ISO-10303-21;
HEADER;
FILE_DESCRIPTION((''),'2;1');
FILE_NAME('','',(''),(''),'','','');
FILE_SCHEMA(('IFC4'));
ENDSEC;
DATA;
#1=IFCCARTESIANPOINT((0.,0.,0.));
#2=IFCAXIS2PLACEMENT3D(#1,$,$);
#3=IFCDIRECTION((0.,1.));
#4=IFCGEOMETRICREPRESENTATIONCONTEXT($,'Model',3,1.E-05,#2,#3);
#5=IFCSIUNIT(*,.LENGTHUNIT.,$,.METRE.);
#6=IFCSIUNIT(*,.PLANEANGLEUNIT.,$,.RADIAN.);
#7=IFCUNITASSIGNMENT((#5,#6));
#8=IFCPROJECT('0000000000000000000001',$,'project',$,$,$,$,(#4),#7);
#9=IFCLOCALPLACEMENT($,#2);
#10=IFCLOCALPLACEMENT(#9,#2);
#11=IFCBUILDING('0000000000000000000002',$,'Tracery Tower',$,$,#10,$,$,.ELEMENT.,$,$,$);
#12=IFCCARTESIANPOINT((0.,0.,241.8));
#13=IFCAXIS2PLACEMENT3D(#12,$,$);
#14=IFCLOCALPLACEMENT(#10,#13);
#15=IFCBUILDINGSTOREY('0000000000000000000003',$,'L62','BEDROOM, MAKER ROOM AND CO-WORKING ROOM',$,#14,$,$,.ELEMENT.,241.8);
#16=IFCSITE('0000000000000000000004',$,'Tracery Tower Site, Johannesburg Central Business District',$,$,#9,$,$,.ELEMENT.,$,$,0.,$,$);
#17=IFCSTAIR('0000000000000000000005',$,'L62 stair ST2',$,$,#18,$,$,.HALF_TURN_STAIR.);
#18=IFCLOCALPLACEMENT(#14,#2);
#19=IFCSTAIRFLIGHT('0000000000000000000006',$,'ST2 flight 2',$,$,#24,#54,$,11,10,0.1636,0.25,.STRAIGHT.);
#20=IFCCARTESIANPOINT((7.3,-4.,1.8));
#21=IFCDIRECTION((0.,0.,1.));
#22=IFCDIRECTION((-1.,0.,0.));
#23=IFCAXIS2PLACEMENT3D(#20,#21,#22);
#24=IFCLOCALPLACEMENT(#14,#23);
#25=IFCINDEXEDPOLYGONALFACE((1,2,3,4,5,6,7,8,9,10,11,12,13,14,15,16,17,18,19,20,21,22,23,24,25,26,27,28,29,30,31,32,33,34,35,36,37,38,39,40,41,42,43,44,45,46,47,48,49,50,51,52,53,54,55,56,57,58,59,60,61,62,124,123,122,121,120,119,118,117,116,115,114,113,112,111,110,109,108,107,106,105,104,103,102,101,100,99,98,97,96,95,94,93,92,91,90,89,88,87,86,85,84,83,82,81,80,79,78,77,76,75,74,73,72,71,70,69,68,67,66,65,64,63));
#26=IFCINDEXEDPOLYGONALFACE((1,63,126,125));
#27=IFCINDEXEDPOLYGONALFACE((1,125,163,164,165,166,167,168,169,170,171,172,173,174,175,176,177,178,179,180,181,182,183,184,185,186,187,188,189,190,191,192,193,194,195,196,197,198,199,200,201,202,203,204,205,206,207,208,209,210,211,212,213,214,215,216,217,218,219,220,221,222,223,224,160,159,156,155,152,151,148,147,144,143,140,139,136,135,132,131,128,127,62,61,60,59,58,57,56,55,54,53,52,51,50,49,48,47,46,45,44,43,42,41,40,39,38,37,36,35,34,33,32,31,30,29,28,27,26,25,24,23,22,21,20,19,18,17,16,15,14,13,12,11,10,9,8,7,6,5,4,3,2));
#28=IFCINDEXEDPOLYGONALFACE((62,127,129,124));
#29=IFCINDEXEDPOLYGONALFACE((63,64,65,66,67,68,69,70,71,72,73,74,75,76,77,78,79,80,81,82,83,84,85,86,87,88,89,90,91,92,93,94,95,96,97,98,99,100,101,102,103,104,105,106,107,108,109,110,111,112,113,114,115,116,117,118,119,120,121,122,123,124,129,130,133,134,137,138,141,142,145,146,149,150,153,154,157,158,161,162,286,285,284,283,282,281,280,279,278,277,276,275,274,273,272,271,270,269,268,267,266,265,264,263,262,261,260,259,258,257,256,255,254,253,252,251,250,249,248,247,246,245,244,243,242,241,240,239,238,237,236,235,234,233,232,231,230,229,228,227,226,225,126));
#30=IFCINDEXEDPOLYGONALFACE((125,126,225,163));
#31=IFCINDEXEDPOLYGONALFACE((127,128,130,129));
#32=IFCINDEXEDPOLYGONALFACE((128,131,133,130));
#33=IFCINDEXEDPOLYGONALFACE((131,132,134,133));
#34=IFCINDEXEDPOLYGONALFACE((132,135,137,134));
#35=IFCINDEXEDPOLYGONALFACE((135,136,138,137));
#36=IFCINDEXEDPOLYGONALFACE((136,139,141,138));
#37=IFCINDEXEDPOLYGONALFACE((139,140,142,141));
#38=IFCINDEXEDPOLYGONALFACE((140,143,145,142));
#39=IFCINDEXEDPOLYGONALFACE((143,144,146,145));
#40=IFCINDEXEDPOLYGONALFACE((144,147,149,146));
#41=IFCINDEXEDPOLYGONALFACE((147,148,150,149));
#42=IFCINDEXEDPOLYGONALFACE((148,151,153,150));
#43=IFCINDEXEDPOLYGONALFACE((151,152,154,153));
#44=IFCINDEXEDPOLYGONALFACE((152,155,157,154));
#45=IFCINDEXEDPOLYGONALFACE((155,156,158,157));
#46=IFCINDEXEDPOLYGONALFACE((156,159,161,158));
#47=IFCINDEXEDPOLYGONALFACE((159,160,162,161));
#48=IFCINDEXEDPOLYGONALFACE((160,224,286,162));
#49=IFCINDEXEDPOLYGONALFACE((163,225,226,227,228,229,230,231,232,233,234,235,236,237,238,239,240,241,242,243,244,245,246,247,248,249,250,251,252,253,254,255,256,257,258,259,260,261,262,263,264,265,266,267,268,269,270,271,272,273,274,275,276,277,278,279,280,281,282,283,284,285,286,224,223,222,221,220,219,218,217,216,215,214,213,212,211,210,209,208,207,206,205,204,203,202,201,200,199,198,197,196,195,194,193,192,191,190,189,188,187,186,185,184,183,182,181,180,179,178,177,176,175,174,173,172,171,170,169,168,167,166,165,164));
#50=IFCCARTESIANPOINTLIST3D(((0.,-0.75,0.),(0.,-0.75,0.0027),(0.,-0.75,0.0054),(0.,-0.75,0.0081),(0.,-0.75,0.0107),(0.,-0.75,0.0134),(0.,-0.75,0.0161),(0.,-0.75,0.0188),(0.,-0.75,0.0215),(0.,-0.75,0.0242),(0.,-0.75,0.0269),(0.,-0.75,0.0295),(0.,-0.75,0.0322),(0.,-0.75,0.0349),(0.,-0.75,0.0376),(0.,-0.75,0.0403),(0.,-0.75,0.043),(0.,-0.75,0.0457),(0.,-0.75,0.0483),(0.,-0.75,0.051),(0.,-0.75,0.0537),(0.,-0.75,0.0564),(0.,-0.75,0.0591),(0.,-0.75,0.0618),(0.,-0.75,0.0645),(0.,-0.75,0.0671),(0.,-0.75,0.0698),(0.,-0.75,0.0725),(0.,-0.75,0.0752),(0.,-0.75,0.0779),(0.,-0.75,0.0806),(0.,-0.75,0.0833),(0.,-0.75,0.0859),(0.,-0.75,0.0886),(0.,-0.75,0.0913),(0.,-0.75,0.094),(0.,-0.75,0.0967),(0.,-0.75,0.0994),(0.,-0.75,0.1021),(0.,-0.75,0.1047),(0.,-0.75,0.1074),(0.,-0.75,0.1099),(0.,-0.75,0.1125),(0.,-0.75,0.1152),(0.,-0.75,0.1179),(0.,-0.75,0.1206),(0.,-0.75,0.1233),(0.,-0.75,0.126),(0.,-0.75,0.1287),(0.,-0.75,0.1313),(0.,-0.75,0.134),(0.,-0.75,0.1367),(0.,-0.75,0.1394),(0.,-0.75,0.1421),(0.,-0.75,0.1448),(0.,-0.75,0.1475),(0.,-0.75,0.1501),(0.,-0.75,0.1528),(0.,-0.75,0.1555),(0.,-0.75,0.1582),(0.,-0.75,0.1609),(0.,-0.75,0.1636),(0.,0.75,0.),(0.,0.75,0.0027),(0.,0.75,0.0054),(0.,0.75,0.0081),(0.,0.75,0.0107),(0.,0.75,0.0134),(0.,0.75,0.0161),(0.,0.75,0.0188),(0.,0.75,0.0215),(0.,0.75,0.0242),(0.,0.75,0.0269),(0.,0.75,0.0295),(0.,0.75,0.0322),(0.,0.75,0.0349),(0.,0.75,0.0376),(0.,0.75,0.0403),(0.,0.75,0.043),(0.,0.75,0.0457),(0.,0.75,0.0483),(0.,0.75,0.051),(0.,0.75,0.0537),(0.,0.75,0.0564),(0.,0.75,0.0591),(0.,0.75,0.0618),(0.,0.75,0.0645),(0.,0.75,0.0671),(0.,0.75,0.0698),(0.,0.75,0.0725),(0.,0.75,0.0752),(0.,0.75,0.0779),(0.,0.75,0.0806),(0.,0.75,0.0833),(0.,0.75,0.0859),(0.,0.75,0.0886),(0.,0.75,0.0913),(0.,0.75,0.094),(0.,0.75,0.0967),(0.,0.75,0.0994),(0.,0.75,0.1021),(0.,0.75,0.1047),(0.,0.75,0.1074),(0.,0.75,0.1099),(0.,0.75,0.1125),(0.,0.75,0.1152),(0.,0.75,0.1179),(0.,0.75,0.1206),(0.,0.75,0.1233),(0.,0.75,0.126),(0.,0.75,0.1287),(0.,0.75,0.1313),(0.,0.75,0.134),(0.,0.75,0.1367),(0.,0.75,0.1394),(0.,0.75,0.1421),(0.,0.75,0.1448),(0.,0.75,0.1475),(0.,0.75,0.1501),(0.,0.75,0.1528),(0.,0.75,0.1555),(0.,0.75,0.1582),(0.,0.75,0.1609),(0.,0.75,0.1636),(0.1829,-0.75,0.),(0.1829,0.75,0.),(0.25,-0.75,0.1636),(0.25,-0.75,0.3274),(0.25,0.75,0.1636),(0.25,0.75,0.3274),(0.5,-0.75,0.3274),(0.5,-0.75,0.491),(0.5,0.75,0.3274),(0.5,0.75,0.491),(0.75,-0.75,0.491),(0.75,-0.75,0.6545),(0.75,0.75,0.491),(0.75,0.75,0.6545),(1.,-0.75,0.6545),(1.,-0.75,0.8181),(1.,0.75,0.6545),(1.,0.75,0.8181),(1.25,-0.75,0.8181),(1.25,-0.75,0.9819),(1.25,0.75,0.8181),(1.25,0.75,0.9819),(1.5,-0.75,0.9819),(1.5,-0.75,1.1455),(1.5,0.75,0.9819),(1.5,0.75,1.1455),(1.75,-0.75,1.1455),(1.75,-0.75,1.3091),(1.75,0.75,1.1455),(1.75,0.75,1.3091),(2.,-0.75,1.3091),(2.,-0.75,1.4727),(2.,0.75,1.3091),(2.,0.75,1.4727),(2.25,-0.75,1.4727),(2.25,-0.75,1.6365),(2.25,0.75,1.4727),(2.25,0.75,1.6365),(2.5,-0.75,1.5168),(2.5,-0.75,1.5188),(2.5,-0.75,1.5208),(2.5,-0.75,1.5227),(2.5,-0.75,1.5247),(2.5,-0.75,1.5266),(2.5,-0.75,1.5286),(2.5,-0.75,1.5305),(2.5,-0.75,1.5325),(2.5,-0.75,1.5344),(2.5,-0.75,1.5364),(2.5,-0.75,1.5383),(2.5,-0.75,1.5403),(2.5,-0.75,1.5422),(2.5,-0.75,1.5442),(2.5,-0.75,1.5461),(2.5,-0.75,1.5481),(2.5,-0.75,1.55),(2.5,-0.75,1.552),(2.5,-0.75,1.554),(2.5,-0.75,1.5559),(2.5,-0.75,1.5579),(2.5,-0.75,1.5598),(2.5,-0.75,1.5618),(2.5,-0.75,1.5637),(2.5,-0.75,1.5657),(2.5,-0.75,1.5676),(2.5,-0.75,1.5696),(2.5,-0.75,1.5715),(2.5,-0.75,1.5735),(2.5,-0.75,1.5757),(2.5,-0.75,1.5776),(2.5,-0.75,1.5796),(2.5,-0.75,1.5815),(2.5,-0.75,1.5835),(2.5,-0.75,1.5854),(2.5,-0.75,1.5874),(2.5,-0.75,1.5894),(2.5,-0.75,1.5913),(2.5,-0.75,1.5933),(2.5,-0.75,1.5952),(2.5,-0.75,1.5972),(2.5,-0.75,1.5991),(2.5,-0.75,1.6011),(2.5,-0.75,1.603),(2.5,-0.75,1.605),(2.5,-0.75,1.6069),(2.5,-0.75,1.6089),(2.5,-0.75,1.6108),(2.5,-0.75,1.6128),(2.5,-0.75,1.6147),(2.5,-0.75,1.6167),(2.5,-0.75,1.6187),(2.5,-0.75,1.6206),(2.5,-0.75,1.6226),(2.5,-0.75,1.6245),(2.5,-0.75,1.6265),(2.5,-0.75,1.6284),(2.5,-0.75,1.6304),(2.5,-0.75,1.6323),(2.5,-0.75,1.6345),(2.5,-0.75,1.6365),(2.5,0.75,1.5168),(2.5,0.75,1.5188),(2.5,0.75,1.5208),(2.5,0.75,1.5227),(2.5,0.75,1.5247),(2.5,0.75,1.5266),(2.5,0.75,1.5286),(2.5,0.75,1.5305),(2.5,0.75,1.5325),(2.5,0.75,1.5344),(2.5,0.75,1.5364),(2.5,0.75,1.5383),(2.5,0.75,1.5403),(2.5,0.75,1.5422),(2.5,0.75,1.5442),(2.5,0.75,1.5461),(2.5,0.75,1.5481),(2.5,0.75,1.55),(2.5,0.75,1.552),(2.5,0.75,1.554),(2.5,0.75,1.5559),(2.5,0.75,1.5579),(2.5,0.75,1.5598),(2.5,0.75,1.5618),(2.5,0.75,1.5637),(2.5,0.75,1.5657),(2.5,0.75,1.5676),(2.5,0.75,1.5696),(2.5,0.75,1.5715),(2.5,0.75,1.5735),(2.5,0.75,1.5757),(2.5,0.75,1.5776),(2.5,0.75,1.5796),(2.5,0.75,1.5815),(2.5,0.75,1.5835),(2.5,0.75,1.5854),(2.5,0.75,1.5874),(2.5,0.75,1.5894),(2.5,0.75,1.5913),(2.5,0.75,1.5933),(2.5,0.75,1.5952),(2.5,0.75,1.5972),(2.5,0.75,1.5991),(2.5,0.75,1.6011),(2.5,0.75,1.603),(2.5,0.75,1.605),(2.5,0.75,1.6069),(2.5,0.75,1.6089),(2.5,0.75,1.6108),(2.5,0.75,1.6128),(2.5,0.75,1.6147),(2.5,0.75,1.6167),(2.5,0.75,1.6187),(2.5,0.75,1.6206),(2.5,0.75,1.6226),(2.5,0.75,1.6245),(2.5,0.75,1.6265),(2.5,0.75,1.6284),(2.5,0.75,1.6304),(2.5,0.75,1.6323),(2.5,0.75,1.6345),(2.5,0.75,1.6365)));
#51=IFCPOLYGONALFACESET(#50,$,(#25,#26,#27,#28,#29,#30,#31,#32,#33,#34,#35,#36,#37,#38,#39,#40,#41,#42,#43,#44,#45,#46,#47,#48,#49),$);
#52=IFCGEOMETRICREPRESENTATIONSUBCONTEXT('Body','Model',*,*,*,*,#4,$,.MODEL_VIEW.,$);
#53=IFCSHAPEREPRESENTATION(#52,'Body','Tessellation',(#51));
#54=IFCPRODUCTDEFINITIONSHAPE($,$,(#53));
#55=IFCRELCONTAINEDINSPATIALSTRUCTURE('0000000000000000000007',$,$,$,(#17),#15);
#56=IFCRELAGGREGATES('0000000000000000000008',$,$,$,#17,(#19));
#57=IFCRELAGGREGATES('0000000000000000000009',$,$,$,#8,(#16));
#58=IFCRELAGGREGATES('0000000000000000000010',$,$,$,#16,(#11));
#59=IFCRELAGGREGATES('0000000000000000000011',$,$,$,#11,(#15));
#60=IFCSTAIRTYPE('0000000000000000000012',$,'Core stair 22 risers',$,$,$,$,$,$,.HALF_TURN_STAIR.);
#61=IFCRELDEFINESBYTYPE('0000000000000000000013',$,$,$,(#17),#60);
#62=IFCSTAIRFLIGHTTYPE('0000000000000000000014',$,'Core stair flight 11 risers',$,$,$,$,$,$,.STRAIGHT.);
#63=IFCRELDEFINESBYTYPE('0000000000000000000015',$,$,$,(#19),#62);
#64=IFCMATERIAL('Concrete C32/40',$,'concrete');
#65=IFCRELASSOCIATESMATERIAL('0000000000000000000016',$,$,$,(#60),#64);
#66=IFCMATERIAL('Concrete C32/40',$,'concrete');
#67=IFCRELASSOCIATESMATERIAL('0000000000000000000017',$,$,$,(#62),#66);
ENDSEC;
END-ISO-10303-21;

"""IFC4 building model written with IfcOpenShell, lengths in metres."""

from ifc_helpers import new_model, si_unit, direction, frame, origin, place, context, subcontext, project, spatial, polyline, outline, extrude, material, type_object, element, aggregate, save


model = new_model("IFC4")

# Units and contexts
model_context = context("Model", 3, precision=1e-05, world=origin(), true_north=direction((0.0, 1.0)))
body_context = subcontext(model_context, "Body", "Model", "MODEL_VIEW")
ifc_project = project(units=[si_unit("LENGTHUNIT", "METRE"), si_unit("PLANEANGLEUNIT", "RADIAN")], contexts=[model_context])

# Site, building, storey
site_placement = place(None, origin())
site = spatial("IfcSite", under=ifc_project, at=site_placement, Name="Tracery Tower Site, Johannesburg Central Business District", CompositionType="ELEMENT", RefElevation=0.0)
building_placement = place(site_placement, origin())
building = spatial("IfcBuilding", under=site, at=building_placement, Name="Tracery Tower", CompositionType="ELEMENT")
storey_placement = place(building_placement, frame((0.0, 0.0, 241.8)))
storey = spatial("IfcBuildingStorey", under=building, at=storey_placement, Name="L62", Description="BEDROOM, MAKER ROOM AND CO-WORKING ROOM", CompositionType="ELEMENT", Elevation=241.8)

# Stair
ifc_material_1 = material(Name="Concrete C32/40", Category="concrete")
stair_type = type_object("IfcStairType", Name="Core stair 22 risers", PredefinedType="HALF_TURN_STAIR", material=ifc_material_1)
stair_1_placement = place(storey_placement, origin())
stair_1 = element("IfcStair", 1, at=stair_1_placement, inside=storey, type_object=stair_type, Name="L62 stair ST2", PredefinedType="HALF_TURN_STAIR")

# Stair flight
ifc_material_2 = material(Name="Concrete C32/40", Category="concrete")
stair_flight_type = type_object("IfcStairFlightType", Name="Core stair flight 11 risers", PredefinedType="STRAIGHT", material=ifc_material_2)
stair_flight_1_placement = place(storey_placement, frame((7.3, -4.0, 1.8), z_axis=(0.0, 0.0, 1.0), x_axis=(-1.0, 0.0, 0.0)))
stair_flight_1 = element("IfcStairFlight", 2, at=stair_flight_1_placement, type_object=stair_flight_type, Name="ST2 flight 2", NumberOfRisers=11, NumberOfTreads=10, PredefinedType="STRAIGHT", RiserHeight=0.1636, TreadLength=0.25, context=body_context, shape_type="SweptSolid", body=[
    extrude(outline(polyline([(0.0, 0.0), (0.0, 0.0027), (0.0, 0.0054), (0.0, 0.0081), (0.0, 0.0107), (0.0, 0.0134), (0.0, 0.0161), (0.0, 0.0188), (0.0, 0.0215), (0.0, 0.0242), (0.0, 0.0269), (0.0, 0.0295), (0.0, 0.0322), (0.0, 0.0349), (0.0, 0.0376), (0.0, 0.0403), (0.0, 0.043), (0.0, 0.0457), (0.0, 0.0483), (0.0, 0.051), (0.0, 0.0537), (0.0, 0.0564), (0.0, 0.0591), (0.0, 0.0618), (0.0, 0.0645), (0.0, 0.0671), (0.0, 0.0698), (0.0, 0.0725), (0.0, 0.0752), (0.0, 0.0779), (0.0, 0.0806), (0.0, 0.0833), (0.0, 0.0859), (0.0, 0.0886), (0.0, 0.0913), (0.0, 0.094), (0.0, 0.0967), (0.0, 0.0994), (0.0, 0.1021), (0.0, 0.1047), (0.0, 0.1074), (0.0, 0.1099), (0.0, 0.1125), (0.0, 0.1152), (0.0, 0.1179), (0.0, 0.1206), (0.0, 0.1233), (0.0, 0.126), (0.0, 0.1287), (0.0, 0.1313), (0.0, 0.134), (0.0, 0.1367), (0.0, 0.1394), (0.0, 0.1421), (0.0, 0.1448), (0.0, 0.1475), (0.0, 0.1501), (0.0, 0.1528), (0.0, 0.1555), (0.0, 0.1582), (0.0, 0.1609), (0.0, 0.1636), (0.25, 0.1636), (0.25, 0.3274), (0.5, 0.3274), (0.5, 0.491), (0.75, 0.491), (0.75, 0.6545), (1.0, 0.6545), (1.0, 0.8181), (1.25, 0.8181), (1.25, 0.9819), (1.5, 0.9819), (1.5, 1.1455), (1.75, 1.1455), (1.75, 1.3091), (2.0, 1.3091), (2.0, 1.4727), (2.25, 1.4727), (2.25, 1.6365), (2.5, 1.6365), (2.5, 1.6345), (2.5, 1.6323), (2.5, 1.6304), (2.5, 1.6284), (2.5, 1.6265), (2.5, 1.6245), (2.5, 1.6226), (2.5, 1.6206), (2.5, 1.6187), (2.5, 1.6167), (2.5, 1.6147), (2.5, 1.6128), (2.5, 1.6108), (2.5, 1.6089), (2.5, 1.6069), (2.5, 1.605), (2.5, 1.603), (2.5, 1.6011), (2.5, 1.5991), (2.5, 1.5972), (2.5, 1.5952), (2.5, 1.5933), (2.5, 1.5913), (2.5, 1.5894), (2.5, 1.5874), (2.5, 1.5854), (2.5, 1.5835), (2.5, 1.5815), (2.5, 1.5796), (2.5, 1.5776), (2.5, 1.5757), (2.5, 1.5735), (2.5, 1.5715), (2.5, 1.5696), (2.5, 1.5676), (2.5, 1.5657), (2.5, 1.5637), (2.5, 1.5618), (2.5, 1.5598), (2.5, 1.5579), (2.5, 1.5559), (2.5, 1.554), (2.5, 1.552), (2.5, 1.55), (2.5, 1.5481), (2.5, 1.5461), (2.5, 1.5442), (2.5, 1.5422), (2.5, 1.5403), (2.5, 1.5383), (2.5, 1.5364), (2.5, 1.5344), (2.5, 1.5325), (2.5, 1.5305), (2.5, 1.5286), (2.5, 1.5266), (2.5, 1.5247), (2.5, 1.5227), (2.5, 1.5208), (2.5, 1.5188), (2.5, 1.5168), (0.1829, 0.0), (0.0, 0.0)])), frame((0.0, 0.75, 0.0), z_axis=(0.0, -1.0, 0.0), x_axis=(1.0, 0.0, 0.0)), (0.0, 0.0, 1.0), 1.5),
])
aggregate(stair_1, [stair_flight_1])

save(model, "model.ifc")
